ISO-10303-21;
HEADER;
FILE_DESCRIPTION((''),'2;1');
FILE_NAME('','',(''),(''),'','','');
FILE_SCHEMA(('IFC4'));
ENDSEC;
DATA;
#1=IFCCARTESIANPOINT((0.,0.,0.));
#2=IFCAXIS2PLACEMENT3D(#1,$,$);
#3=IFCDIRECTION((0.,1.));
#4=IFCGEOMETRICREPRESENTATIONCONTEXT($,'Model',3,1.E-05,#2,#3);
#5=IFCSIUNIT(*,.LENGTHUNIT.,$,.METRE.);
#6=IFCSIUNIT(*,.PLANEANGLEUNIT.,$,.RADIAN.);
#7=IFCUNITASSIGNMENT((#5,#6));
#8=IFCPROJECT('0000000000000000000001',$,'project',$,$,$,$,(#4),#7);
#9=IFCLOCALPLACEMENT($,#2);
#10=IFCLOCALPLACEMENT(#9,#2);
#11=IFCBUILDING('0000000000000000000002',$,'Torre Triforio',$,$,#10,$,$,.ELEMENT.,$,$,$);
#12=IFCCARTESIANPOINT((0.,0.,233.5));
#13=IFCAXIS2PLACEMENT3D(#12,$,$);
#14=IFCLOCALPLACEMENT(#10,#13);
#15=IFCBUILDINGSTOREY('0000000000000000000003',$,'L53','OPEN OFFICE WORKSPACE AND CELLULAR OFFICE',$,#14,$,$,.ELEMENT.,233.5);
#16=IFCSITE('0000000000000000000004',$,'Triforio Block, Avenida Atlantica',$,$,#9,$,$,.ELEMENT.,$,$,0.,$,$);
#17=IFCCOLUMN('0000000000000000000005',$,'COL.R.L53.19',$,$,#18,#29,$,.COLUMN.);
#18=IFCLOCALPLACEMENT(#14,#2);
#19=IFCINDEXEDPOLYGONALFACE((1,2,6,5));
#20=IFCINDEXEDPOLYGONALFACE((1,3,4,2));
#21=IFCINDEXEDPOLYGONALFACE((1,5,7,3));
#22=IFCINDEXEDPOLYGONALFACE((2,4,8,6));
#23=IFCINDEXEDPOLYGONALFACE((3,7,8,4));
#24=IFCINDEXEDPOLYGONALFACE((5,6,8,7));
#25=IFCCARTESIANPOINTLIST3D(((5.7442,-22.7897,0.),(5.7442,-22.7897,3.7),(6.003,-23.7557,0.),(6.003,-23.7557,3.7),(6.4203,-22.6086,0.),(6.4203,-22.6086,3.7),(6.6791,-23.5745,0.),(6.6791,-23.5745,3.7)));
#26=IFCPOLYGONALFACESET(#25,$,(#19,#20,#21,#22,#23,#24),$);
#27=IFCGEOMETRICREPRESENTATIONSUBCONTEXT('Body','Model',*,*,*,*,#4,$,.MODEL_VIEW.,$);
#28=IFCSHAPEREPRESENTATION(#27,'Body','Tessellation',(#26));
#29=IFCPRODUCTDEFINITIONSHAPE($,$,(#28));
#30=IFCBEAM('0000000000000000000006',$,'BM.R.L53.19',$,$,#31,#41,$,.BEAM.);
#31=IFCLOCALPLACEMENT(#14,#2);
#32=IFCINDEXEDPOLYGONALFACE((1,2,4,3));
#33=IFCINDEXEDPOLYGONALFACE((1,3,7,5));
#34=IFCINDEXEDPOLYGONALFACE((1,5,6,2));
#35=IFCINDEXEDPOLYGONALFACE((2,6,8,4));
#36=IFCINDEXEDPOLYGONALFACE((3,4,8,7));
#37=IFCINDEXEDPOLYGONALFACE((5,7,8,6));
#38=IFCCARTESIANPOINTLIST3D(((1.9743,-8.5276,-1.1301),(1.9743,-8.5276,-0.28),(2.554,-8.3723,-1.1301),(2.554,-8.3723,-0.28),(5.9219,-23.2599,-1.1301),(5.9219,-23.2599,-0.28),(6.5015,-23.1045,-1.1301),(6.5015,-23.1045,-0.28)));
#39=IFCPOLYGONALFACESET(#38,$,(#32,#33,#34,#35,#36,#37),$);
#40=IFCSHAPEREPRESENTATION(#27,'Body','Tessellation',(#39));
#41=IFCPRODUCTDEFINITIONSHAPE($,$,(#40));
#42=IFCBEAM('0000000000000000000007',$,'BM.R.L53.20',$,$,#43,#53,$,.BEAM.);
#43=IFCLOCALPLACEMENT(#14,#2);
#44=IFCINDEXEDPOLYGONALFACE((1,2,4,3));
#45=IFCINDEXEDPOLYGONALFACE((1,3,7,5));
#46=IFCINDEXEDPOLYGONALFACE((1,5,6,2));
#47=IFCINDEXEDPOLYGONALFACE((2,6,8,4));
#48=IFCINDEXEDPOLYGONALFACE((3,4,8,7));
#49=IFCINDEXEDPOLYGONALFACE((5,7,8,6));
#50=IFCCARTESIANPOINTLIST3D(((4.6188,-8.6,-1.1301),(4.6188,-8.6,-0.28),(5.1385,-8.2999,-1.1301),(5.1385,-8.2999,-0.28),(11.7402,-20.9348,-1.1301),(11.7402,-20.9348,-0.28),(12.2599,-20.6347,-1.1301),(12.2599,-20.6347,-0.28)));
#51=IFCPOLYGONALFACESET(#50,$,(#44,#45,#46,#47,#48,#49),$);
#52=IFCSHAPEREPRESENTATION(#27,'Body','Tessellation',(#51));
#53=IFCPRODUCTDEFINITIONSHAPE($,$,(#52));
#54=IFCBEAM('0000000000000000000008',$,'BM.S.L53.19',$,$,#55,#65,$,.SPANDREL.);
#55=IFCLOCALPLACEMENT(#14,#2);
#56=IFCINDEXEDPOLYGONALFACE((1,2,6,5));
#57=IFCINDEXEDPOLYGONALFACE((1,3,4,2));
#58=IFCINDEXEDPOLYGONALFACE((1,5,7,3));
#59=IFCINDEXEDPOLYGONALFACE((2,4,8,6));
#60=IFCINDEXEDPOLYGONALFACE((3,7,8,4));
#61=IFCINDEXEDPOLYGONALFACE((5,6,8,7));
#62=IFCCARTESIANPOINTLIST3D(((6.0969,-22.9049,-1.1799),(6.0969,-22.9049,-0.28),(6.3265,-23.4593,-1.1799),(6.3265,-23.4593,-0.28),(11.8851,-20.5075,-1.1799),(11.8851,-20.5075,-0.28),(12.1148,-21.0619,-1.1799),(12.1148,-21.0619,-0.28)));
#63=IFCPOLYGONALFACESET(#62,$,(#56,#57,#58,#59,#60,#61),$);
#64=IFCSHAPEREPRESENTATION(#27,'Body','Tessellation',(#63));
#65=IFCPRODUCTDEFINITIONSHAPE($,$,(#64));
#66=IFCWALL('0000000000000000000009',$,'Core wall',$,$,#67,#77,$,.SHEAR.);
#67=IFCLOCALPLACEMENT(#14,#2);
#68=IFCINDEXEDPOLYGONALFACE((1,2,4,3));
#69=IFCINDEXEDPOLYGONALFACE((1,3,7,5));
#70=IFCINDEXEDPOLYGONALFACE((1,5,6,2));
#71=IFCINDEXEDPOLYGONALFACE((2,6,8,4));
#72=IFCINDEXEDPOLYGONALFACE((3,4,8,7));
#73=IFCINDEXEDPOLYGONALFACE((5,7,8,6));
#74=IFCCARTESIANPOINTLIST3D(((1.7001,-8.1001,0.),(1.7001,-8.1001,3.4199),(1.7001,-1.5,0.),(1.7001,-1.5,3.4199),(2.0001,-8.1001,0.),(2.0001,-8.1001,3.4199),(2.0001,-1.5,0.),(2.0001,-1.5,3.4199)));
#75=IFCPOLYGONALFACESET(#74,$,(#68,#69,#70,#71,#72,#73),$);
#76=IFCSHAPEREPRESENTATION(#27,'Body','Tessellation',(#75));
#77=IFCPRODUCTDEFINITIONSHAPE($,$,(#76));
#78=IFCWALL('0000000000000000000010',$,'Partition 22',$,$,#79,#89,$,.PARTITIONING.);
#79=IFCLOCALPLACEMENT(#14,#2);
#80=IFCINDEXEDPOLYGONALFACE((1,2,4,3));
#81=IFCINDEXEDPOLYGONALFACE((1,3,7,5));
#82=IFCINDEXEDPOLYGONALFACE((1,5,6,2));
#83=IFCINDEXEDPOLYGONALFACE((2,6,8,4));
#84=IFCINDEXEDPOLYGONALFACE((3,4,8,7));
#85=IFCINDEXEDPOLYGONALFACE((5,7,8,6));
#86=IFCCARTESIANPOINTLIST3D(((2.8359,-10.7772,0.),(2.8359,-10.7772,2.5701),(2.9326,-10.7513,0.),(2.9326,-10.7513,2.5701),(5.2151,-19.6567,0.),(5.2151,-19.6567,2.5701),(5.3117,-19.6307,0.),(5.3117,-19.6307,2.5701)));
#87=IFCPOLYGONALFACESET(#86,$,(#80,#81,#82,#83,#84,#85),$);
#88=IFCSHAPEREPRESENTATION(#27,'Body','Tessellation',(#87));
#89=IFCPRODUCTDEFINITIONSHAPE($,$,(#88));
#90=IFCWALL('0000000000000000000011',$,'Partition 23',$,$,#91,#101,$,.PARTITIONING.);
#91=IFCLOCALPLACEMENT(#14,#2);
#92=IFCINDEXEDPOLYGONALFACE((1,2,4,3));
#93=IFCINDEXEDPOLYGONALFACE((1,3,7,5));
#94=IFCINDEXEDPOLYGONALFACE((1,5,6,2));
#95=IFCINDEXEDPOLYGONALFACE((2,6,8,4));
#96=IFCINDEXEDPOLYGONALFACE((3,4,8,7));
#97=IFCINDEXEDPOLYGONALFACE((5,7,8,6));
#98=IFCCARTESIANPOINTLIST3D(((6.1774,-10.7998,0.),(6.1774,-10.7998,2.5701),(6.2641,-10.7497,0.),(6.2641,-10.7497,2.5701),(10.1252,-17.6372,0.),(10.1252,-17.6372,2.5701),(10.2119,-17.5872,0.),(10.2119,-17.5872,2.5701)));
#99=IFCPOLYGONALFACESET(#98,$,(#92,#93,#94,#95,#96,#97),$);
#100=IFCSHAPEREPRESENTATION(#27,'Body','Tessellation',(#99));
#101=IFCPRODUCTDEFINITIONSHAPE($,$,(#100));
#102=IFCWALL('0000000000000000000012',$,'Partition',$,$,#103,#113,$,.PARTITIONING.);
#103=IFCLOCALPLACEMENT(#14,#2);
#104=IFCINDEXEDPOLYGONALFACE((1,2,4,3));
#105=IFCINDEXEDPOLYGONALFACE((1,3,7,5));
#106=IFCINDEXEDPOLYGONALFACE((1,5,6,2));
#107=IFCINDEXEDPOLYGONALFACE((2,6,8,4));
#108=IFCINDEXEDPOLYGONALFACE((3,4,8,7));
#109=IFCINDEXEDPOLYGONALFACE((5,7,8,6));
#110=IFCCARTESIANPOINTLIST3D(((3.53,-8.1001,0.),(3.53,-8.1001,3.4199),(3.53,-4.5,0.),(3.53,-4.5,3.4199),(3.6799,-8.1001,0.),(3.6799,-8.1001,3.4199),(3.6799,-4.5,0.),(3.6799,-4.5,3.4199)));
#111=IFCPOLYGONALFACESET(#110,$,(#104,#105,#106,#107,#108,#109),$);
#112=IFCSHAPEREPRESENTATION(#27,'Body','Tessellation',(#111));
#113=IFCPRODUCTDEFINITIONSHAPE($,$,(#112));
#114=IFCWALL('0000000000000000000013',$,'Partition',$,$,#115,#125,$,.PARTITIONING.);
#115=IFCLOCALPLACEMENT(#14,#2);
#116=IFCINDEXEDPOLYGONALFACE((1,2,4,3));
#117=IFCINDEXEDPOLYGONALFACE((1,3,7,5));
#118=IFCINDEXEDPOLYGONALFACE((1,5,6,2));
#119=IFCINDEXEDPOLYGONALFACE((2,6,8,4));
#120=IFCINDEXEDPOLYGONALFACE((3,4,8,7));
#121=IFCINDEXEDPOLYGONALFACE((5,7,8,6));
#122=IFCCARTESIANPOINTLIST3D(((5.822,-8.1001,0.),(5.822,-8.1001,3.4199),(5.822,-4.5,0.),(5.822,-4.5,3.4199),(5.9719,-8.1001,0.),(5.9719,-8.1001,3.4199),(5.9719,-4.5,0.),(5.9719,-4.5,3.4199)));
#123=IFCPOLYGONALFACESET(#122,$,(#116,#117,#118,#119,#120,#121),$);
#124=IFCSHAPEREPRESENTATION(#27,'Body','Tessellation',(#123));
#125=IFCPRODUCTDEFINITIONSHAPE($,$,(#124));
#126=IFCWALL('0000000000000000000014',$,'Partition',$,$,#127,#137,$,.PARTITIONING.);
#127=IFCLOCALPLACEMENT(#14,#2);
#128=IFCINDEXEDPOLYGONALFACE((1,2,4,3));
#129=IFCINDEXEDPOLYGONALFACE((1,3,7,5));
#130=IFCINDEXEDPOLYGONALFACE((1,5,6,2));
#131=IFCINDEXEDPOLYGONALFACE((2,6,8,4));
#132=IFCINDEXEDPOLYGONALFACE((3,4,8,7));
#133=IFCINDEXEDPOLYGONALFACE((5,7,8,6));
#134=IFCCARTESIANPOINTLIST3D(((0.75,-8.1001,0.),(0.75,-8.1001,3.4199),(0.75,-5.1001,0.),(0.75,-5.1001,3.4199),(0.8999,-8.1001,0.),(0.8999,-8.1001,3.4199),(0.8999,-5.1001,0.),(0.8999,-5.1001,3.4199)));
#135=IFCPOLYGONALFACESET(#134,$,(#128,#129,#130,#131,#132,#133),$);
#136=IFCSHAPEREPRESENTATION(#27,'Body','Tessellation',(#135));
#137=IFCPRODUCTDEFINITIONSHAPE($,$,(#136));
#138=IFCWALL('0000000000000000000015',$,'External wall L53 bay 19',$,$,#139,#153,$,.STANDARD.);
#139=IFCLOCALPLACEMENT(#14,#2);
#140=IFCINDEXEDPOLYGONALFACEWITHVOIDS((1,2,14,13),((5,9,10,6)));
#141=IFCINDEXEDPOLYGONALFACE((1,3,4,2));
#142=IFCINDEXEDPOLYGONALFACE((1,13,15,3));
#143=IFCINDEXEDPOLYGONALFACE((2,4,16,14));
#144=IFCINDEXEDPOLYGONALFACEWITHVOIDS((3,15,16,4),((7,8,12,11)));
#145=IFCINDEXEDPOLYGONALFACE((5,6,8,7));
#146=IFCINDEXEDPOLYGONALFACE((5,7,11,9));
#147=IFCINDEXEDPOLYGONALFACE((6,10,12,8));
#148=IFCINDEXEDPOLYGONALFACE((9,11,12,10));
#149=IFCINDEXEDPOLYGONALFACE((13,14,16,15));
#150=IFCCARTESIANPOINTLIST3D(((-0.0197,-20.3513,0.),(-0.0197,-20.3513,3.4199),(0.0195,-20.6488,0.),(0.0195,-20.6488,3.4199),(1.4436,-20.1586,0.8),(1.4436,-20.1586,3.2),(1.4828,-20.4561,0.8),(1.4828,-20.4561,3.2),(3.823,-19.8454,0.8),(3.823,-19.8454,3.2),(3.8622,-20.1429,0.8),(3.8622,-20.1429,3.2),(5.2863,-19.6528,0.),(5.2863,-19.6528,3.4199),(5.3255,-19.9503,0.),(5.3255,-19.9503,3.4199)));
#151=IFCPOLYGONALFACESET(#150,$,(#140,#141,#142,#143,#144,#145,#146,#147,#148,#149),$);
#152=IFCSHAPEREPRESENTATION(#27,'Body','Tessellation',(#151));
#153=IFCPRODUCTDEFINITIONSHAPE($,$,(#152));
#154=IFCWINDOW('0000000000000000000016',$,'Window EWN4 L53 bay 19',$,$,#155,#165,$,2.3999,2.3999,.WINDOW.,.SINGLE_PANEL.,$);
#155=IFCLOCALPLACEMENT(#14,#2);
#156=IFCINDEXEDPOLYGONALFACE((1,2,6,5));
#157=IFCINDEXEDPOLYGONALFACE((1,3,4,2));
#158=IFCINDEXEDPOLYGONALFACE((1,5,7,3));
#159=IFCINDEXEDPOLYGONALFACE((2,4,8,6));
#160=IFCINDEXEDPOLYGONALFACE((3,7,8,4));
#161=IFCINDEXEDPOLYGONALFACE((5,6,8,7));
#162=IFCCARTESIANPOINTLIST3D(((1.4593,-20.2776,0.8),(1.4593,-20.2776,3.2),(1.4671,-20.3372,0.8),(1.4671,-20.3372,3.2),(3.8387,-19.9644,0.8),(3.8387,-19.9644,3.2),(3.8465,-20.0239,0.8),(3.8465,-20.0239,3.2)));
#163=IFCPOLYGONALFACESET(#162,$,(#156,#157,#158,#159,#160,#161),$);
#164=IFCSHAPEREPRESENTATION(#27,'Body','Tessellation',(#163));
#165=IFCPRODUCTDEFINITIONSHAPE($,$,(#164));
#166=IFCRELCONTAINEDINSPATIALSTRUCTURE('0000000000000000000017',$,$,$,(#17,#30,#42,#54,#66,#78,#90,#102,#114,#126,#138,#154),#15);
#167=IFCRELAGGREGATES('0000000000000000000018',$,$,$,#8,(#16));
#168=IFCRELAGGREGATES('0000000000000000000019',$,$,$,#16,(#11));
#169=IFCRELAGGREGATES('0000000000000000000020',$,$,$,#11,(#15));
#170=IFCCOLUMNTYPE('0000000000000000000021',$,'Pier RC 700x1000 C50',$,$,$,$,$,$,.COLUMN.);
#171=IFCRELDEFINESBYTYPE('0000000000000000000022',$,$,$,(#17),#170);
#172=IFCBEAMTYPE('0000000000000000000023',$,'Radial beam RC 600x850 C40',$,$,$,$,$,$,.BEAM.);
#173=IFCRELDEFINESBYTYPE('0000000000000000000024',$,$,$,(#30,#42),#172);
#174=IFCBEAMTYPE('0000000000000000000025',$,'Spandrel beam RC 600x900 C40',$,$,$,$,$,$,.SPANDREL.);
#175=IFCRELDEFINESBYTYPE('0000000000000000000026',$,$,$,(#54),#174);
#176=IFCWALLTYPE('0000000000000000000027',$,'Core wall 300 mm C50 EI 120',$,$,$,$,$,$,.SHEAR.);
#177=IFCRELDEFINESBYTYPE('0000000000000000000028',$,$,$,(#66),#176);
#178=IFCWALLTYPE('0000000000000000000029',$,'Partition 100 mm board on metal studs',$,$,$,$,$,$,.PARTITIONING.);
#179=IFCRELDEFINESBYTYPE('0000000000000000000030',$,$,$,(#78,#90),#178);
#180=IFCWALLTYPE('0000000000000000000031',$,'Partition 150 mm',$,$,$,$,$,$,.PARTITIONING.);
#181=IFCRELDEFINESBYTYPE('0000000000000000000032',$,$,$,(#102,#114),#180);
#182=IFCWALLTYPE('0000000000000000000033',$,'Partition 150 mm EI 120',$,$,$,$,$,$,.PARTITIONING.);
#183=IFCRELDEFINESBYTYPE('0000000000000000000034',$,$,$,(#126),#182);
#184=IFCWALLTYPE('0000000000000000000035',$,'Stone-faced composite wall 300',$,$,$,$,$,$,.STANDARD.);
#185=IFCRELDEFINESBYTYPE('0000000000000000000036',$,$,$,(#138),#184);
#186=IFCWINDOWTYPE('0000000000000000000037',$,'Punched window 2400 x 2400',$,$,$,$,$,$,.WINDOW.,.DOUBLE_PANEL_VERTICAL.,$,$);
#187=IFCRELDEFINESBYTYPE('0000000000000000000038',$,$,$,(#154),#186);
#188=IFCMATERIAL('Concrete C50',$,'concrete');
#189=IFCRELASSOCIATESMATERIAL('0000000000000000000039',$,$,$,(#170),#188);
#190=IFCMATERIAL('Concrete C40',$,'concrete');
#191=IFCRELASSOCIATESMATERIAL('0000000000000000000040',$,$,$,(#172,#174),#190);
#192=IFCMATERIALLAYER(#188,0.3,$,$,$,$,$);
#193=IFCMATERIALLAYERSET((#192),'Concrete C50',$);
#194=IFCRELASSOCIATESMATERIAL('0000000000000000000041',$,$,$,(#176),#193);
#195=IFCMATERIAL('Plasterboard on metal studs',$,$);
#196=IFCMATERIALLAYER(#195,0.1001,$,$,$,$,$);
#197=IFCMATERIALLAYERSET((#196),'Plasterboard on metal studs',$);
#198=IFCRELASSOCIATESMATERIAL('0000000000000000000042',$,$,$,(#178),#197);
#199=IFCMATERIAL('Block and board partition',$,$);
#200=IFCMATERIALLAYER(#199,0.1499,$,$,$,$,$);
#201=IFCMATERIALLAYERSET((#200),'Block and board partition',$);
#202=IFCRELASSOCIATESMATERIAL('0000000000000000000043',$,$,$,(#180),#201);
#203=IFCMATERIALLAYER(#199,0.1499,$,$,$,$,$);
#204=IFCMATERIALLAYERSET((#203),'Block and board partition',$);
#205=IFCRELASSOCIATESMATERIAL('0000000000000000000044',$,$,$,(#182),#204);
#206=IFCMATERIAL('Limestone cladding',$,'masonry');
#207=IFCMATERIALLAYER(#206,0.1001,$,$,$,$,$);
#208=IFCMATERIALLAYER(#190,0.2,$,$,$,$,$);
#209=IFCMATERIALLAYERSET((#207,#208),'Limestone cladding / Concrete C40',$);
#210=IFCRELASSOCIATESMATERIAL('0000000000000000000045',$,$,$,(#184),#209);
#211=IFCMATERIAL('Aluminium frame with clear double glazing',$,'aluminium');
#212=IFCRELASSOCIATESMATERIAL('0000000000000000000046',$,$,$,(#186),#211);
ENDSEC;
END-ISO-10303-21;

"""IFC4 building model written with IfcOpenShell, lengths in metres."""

from ifc_helpers import new_model, si_unit, direction, frame, frame_2d, origin, origin_2d, place, context, subcontext, project, spatial, rectangle, extrude, material, layer, layer_set, material_profile, profile_set, type_object, element, fill, save


model = new_model("IFC4")

# Units and contexts
model_context = context("Model", 3, precision=1e-05, world=origin(), true_north=direction((0.0, 1.0)))
body_context = subcontext(model_context, "Body", "Model", "MODEL_VIEW")
ifc_project = project(units=[si_unit("LENGTHUNIT", "METRE"), si_unit("PLANEANGLEUNIT", "RADIAN")], contexts=[model_context])

# Site, building, storey
site_placement = place(None, origin())
site = spatial("IfcSite", under=ifc_project, at=site_placement, Name="Triforio Block, Avenida Atlantica", CompositionType="ELEMENT", RefElevation=0.0)
building_placement = place(site_placement, origin())
building = spatial("IfcBuilding", under=site, at=building_placement, Name="Torre Triforio", CompositionType="ELEMENT")
storey_placement = place(building_placement, frame((0.0, 0.0, 233.5)))
storey = spatial("IfcBuildingStorey", under=building, at=storey_placement, Name="L53", Description="OPEN OFFICE WORKSPACE AND CELLULAR OFFICE", CompositionType="ELEMENT", Elevation=233.5)

# Column
ifc_material_1 = material(Name="Concrete C50", Category="concrete")
ifc_material_profile_1 = material_profile(ifc_material_1, rectangle(XDim=0.7, YDim=1.0, at=origin_2d()), Name="RC 700x1000")
ifc_profile_set_1 = profile_set([ifc_material_profile_1], Name="Concrete C50")
column_type = type_object("IfcColumnType", Name="Pier RC 700x1000 C50", PredefinedType="COLUMN", material=ifc_profile_set_1)
column_placement = place(storey_placement, frame((6.2117, -23.1821, 0.0), z_axis=(0.0, 0.0, 1.0), x_axis=(0.965926, 0.258819, 0.0)))
element("IfcColumn", 1, at=column_placement, inside=storey, type_object=column_type, Name="COL.R.L53.19", PredefinedType="COLUMN", context=body_context, shape_type="SweptSolid", body=[
    extrude(rectangle(XDim=0.7, YDim=1.0, at=origin_2d()), origin(), (0.0, 0.0, 1.0), 3.7),
])

# Beams
ifc_material_2 = material(Name="Concrete C40", Category="concrete")
ifc_material_profile_2 = material_profile(ifc_material_2, rectangle(XDim=0.6001, YDim=0.8501, at=origin_2d()), Name="RC 600x850")
ifc_profile_set_2 = profile_set([ifc_material_profile_2], Name="Concrete C40")
beam_type_1 = type_object("IfcBeamType", Name="Radial beam RC 600x850 C40", PredefinedType="BEAM", material=ifc_profile_set_2)
beam_1_placement = place(storey_placement, frame((2.2642, -8.45, -0.7051), z_axis=(0.258821, -0.965925, 0.0), x_axis=(0.965925, 0.258821, 0.0)))
element("IfcBeam", 2, at=beam_1_placement, inside=storey, type_object=beam_type_1, Name="BM.R.L53.19", PredefinedType="BEAM", context=body_context, shape_type="SweptSolid", body=[
    extrude(rectangle(XDim=0.6001, YDim=0.8501, at=origin_2d()), origin(), (0.0, 0.0, 1.0), 15.252),
])
beam_2_placement = place(storey_placement, frame((4.8787, -8.45, -0.7051), z_axis=(0.499994, -0.866029, 0.0), x_axis=(0.866029, 0.499994, 0.0)))
element("IfcBeam", 3, at=beam_2_placement, inside=storey, type_object=beam_type_1, Name="BM.R.L53.20", PredefinedType="BEAM", context=body_context, shape_type="SweptSolid", body=[
    extrude(rectangle(XDim=0.6001, YDim=0.8501, at=origin_2d()), origin(), (0.0, 0.0, 1.0), 14.2429),
])
ifc_material_profile_3 = material_profile(ifc_material_2, rectangle(XDim=0.6001, YDim=0.8999, at=origin_2d()), Name="RC 600x900")
ifc_profile_set_3 = profile_set([ifc_material_profile_3], Name="Concrete C40")
beam_type_2 = type_object("IfcBeamType", Name="Spandrel beam RC 600x900 C40", PredefinedType="SPANDREL", material=ifc_profile_set_3)
beam_3_placement = place(storey_placement, frame((6.2117, -23.1821, -0.73), z_axis=(0.923888, 0.382664, 0.0), x_axis=(-0.382664, 0.923888, 0.0)))
element("IfcBeam", 4, at=beam_3_placement, inside=storey, type_object=beam_type_2, Name="BM.S.L53.19", PredefinedType="SPANDREL", context=body_context, shape_type="SweptSolid", body=[
    extrude(rectangle(XDim=0.6001, YDim=0.8999, at=origin_2d()), origin(), (0.0, 0.0, 1.0), 6.2651),
])

# Walls
ifc_layer_1 = layer(ifc_material_1, 0.3)
ifc_layer_set_1 = layer_set([ifc_layer_1], Name="Concrete C50")
wall_type_1 = type_object("IfcWallType", Name="Core wall 300 mm C50 EI 120", PredefinedType="SHEAR", material=ifc_layer_set_1)
wall_1_placement = place(storey_placement, frame((1.8501, -8.1001, 0.0), z_axis=(0.0, 0.0, 1.0), x_axis=(0.0, 1.0, 0.0)))
element("IfcWall", 5, at=wall_1_placement, inside=storey, type_object=wall_type_1, Name="Core wall", PredefinedType="SHEAR", context=body_context, shape_type="SweptSolid", body=[
    extrude(rectangle(XDim=6.6001, YDim=0.3, at=frame_2d((3.3, 0.0))), origin(), (0.0, 0.0, 1.0), 3.4199),
])
ifc_material_3 = material(Name="Plasterboard on metal studs")
ifc_layer_2 = layer(ifc_material_3, 0.1001)
ifc_layer_set_2 = layer_set([ifc_layer_2], Name="Plasterboard on metal studs")
wall_type_2 = type_object("IfcWallType", Name="Partition 100 mm board on metal studs", PredefinedType="PARTITIONING", material=ifc_layer_set_2)
wall_2_placement = place(storey_placement, frame((2.8843, -10.7644, 0.0), z_axis=(0.0, 0.0, 1.0), x_axis=(0.258811, -0.965928, 0.0)))
element("IfcWall", 6, at=wall_2_placement, inside=storey, type_object=wall_type_2, Name="Partition 22", PredefinedType="PARTITIONING", context=body_context, shape_type="SweptSolid", body=[
    extrude(rectangle(XDim=9.1926, YDim=0.1001, at=frame_2d((4.5962, 0.0))), origin(), (0.0, 0.0, 1.0), 2.5701),
])
wall_3_placement = place(storey_placement, frame((6.2207, -10.7747, 0.0), z_axis=(0.0, 0.0, 1.0), x_axis=(0.500017, -0.866016, 0.0)))
element("IfcWall", 7, at=wall_3_placement, inside=storey, type_object=wall_type_2, Name="Partition 23", PredefinedType="PARTITIONING", context=body_context, shape_type="SweptSolid", body=[
    extrude(rectangle(XDim=7.8953, YDim=0.1001, at=frame_2d((3.9478, 0.0))), origin(), (0.0, 0.0, 1.0), 2.5701),
])
ifc_material_4 = material(Name="Block and board partition")
ifc_layer_3 = layer(ifc_material_4, 0.1499)
ifc_layer_set_3 = layer_set([ifc_layer_3], Name="Block and board partition")
wall_type_3 = type_object("IfcWallType", Name="Partition 150 mm", PredefinedType="PARTITIONING", material=ifc_layer_set_3)
for number, where, z_axis, x_axis, name in (
    (8, (3.605, -8.1001, 0.0), (0.0, 0.0, 1.0), (0.0, 1.0, 0.0), "Partition"),
    (9, (5.897, -8.1001, 0.0), (0.0, 0.0, 1.0), (0.0, 1.0, 0.0), "Partition"),
):
    element("IfcWall", number, at=place(storey_placement, frame(where, z_axis=z_axis, x_axis=x_axis)), inside=storey, type_object=wall_type_3, Name=name, PredefinedType="PARTITIONING", context=body_context, shape_type="SweptSolid", body=[
        extrude(rectangle(XDim=3.6001, YDim=0.1499, at=frame_2d((1.8, 0.0))), origin(), (0.0, 0.0, 1.0), 3.4199),
    ])
ifc_layer_4 = layer(ifc_material_4, 0.1499)
ifc_layer_set_4 = layer_set([ifc_layer_4], Name="Block and board partition")
wall_type_4 = type_object("IfcWallType", Name="Partition 150 mm EI 120", PredefinedType="PARTITIONING", material=ifc_layer_set_4)
wall_4_placement = place(storey_placement, frame((0.825, -8.1001, 0.0), z_axis=(0.0, 0.0, 1.0), x_axis=(0.0, 1.0, 0.0)))
element("IfcWall", 10, at=wall_4_placement, inside=storey, type_object=wall_type_4, Name="Partition", PredefinedType="PARTITIONING", context=body_context, shape_type="SweptSolid", body=[
    extrude(rectangle(XDim=3.0, YDim=0.1499, at=frame_2d((1.5, 0.0))), origin(), (0.0, 0.0, 1.0), 3.4199),
])

# Wall, opening, window
ifc_material_5 = material(Name="Limestone cladding", Category="masonry")
ifc_layer_5 = layer(ifc_material_5, 0.1001)
ifc_layer_6 = layer(ifc_material_2, 0.2)
ifc_layer_set_5 = layer_set([ifc_layer_5, ifc_layer_6], Name="Limestone cladding / Concrete C40")
wall_type_5 = type_object("IfcWallType", Name="Stone-faced composite wall 300", PredefinedType="STANDARD", material=ifc_layer_set_5)
wall_5_placement = place(storey_placement, frame((0.0, -20.5, 0.0), z_axis=(0.0, 0.0, 1.0), x_axis=(0.991446, 0.130517, 0.0)))
wall_5 = element("IfcWall", 11, at=wall_5_placement, inside=storey, type_object=wall_type_5, Name="External wall L53 bay 19", PredefinedType="STANDARD", context=body_context, shape_type="SweptSolid", body=[
    extrude(rectangle(XDim=5.3518, YDim=0.3, at=frame_2d((2.6758, 0.0))), origin(), (0.0, 0.0, 1.0), 3.4199),
])
opening_1_placement = place(wall_5_placement, frame((1.4758, 0.0, 0.8)))
opening_1 = element("IfcOpeningElement", 12, at=opening_1_placement, cuts=wall_5, PredefinedType="OPENING", context=body_context, shape_type="SweptSolid", body=[
    extrude(rectangle(XDim=2.3999, YDim=2.3999, at=frame_2d((1.2, 1.2))), frame((0.0, 0.1599, 0.0), z_axis=(0.0, -1.0, 0.0), x_axis=(1.0, 0.0, 0.0)), (0.0, 0.0, 1.0), 0.3201),
])
ifc_material_6 = material(Name="Aluminium frame with clear double glazing", Category="aluminium")
window_type_1 = type_object("IfcWindowType", Name="Punched window 2400 x 2400", PartitioningType="DOUBLE_PANEL_VERTICAL", PredefinedType="WINDOW", material=ifc_material_6)
window_1_placement = place(opening_1_placement, origin())
window_1 = element("IfcWindow", 13, at=window_1_placement, inside=storey, type_object=window_type_1, Name="Window EWN4 L53 bay 19", OverallHeight=2.3999, OverallWidth=2.3999, PartitioningType="SINGLE_PANEL", PredefinedType="WINDOW", context=body_context, shape_type="SweptSolid", body=[
    extrude(rectangle(XDim=2.3999, YDim=2.3999, at=frame_2d((1.2, 1.2))), frame((0.0, 0.03, 0.0), z_axis=(0.0, -1.0, 0.0), x_axis=(1.0, 0.0, 0.0)), (0.0, 0.0, 1.0), 0.0601),
])
fill(opening_1, window_1)

save(model, "model.ifc")
